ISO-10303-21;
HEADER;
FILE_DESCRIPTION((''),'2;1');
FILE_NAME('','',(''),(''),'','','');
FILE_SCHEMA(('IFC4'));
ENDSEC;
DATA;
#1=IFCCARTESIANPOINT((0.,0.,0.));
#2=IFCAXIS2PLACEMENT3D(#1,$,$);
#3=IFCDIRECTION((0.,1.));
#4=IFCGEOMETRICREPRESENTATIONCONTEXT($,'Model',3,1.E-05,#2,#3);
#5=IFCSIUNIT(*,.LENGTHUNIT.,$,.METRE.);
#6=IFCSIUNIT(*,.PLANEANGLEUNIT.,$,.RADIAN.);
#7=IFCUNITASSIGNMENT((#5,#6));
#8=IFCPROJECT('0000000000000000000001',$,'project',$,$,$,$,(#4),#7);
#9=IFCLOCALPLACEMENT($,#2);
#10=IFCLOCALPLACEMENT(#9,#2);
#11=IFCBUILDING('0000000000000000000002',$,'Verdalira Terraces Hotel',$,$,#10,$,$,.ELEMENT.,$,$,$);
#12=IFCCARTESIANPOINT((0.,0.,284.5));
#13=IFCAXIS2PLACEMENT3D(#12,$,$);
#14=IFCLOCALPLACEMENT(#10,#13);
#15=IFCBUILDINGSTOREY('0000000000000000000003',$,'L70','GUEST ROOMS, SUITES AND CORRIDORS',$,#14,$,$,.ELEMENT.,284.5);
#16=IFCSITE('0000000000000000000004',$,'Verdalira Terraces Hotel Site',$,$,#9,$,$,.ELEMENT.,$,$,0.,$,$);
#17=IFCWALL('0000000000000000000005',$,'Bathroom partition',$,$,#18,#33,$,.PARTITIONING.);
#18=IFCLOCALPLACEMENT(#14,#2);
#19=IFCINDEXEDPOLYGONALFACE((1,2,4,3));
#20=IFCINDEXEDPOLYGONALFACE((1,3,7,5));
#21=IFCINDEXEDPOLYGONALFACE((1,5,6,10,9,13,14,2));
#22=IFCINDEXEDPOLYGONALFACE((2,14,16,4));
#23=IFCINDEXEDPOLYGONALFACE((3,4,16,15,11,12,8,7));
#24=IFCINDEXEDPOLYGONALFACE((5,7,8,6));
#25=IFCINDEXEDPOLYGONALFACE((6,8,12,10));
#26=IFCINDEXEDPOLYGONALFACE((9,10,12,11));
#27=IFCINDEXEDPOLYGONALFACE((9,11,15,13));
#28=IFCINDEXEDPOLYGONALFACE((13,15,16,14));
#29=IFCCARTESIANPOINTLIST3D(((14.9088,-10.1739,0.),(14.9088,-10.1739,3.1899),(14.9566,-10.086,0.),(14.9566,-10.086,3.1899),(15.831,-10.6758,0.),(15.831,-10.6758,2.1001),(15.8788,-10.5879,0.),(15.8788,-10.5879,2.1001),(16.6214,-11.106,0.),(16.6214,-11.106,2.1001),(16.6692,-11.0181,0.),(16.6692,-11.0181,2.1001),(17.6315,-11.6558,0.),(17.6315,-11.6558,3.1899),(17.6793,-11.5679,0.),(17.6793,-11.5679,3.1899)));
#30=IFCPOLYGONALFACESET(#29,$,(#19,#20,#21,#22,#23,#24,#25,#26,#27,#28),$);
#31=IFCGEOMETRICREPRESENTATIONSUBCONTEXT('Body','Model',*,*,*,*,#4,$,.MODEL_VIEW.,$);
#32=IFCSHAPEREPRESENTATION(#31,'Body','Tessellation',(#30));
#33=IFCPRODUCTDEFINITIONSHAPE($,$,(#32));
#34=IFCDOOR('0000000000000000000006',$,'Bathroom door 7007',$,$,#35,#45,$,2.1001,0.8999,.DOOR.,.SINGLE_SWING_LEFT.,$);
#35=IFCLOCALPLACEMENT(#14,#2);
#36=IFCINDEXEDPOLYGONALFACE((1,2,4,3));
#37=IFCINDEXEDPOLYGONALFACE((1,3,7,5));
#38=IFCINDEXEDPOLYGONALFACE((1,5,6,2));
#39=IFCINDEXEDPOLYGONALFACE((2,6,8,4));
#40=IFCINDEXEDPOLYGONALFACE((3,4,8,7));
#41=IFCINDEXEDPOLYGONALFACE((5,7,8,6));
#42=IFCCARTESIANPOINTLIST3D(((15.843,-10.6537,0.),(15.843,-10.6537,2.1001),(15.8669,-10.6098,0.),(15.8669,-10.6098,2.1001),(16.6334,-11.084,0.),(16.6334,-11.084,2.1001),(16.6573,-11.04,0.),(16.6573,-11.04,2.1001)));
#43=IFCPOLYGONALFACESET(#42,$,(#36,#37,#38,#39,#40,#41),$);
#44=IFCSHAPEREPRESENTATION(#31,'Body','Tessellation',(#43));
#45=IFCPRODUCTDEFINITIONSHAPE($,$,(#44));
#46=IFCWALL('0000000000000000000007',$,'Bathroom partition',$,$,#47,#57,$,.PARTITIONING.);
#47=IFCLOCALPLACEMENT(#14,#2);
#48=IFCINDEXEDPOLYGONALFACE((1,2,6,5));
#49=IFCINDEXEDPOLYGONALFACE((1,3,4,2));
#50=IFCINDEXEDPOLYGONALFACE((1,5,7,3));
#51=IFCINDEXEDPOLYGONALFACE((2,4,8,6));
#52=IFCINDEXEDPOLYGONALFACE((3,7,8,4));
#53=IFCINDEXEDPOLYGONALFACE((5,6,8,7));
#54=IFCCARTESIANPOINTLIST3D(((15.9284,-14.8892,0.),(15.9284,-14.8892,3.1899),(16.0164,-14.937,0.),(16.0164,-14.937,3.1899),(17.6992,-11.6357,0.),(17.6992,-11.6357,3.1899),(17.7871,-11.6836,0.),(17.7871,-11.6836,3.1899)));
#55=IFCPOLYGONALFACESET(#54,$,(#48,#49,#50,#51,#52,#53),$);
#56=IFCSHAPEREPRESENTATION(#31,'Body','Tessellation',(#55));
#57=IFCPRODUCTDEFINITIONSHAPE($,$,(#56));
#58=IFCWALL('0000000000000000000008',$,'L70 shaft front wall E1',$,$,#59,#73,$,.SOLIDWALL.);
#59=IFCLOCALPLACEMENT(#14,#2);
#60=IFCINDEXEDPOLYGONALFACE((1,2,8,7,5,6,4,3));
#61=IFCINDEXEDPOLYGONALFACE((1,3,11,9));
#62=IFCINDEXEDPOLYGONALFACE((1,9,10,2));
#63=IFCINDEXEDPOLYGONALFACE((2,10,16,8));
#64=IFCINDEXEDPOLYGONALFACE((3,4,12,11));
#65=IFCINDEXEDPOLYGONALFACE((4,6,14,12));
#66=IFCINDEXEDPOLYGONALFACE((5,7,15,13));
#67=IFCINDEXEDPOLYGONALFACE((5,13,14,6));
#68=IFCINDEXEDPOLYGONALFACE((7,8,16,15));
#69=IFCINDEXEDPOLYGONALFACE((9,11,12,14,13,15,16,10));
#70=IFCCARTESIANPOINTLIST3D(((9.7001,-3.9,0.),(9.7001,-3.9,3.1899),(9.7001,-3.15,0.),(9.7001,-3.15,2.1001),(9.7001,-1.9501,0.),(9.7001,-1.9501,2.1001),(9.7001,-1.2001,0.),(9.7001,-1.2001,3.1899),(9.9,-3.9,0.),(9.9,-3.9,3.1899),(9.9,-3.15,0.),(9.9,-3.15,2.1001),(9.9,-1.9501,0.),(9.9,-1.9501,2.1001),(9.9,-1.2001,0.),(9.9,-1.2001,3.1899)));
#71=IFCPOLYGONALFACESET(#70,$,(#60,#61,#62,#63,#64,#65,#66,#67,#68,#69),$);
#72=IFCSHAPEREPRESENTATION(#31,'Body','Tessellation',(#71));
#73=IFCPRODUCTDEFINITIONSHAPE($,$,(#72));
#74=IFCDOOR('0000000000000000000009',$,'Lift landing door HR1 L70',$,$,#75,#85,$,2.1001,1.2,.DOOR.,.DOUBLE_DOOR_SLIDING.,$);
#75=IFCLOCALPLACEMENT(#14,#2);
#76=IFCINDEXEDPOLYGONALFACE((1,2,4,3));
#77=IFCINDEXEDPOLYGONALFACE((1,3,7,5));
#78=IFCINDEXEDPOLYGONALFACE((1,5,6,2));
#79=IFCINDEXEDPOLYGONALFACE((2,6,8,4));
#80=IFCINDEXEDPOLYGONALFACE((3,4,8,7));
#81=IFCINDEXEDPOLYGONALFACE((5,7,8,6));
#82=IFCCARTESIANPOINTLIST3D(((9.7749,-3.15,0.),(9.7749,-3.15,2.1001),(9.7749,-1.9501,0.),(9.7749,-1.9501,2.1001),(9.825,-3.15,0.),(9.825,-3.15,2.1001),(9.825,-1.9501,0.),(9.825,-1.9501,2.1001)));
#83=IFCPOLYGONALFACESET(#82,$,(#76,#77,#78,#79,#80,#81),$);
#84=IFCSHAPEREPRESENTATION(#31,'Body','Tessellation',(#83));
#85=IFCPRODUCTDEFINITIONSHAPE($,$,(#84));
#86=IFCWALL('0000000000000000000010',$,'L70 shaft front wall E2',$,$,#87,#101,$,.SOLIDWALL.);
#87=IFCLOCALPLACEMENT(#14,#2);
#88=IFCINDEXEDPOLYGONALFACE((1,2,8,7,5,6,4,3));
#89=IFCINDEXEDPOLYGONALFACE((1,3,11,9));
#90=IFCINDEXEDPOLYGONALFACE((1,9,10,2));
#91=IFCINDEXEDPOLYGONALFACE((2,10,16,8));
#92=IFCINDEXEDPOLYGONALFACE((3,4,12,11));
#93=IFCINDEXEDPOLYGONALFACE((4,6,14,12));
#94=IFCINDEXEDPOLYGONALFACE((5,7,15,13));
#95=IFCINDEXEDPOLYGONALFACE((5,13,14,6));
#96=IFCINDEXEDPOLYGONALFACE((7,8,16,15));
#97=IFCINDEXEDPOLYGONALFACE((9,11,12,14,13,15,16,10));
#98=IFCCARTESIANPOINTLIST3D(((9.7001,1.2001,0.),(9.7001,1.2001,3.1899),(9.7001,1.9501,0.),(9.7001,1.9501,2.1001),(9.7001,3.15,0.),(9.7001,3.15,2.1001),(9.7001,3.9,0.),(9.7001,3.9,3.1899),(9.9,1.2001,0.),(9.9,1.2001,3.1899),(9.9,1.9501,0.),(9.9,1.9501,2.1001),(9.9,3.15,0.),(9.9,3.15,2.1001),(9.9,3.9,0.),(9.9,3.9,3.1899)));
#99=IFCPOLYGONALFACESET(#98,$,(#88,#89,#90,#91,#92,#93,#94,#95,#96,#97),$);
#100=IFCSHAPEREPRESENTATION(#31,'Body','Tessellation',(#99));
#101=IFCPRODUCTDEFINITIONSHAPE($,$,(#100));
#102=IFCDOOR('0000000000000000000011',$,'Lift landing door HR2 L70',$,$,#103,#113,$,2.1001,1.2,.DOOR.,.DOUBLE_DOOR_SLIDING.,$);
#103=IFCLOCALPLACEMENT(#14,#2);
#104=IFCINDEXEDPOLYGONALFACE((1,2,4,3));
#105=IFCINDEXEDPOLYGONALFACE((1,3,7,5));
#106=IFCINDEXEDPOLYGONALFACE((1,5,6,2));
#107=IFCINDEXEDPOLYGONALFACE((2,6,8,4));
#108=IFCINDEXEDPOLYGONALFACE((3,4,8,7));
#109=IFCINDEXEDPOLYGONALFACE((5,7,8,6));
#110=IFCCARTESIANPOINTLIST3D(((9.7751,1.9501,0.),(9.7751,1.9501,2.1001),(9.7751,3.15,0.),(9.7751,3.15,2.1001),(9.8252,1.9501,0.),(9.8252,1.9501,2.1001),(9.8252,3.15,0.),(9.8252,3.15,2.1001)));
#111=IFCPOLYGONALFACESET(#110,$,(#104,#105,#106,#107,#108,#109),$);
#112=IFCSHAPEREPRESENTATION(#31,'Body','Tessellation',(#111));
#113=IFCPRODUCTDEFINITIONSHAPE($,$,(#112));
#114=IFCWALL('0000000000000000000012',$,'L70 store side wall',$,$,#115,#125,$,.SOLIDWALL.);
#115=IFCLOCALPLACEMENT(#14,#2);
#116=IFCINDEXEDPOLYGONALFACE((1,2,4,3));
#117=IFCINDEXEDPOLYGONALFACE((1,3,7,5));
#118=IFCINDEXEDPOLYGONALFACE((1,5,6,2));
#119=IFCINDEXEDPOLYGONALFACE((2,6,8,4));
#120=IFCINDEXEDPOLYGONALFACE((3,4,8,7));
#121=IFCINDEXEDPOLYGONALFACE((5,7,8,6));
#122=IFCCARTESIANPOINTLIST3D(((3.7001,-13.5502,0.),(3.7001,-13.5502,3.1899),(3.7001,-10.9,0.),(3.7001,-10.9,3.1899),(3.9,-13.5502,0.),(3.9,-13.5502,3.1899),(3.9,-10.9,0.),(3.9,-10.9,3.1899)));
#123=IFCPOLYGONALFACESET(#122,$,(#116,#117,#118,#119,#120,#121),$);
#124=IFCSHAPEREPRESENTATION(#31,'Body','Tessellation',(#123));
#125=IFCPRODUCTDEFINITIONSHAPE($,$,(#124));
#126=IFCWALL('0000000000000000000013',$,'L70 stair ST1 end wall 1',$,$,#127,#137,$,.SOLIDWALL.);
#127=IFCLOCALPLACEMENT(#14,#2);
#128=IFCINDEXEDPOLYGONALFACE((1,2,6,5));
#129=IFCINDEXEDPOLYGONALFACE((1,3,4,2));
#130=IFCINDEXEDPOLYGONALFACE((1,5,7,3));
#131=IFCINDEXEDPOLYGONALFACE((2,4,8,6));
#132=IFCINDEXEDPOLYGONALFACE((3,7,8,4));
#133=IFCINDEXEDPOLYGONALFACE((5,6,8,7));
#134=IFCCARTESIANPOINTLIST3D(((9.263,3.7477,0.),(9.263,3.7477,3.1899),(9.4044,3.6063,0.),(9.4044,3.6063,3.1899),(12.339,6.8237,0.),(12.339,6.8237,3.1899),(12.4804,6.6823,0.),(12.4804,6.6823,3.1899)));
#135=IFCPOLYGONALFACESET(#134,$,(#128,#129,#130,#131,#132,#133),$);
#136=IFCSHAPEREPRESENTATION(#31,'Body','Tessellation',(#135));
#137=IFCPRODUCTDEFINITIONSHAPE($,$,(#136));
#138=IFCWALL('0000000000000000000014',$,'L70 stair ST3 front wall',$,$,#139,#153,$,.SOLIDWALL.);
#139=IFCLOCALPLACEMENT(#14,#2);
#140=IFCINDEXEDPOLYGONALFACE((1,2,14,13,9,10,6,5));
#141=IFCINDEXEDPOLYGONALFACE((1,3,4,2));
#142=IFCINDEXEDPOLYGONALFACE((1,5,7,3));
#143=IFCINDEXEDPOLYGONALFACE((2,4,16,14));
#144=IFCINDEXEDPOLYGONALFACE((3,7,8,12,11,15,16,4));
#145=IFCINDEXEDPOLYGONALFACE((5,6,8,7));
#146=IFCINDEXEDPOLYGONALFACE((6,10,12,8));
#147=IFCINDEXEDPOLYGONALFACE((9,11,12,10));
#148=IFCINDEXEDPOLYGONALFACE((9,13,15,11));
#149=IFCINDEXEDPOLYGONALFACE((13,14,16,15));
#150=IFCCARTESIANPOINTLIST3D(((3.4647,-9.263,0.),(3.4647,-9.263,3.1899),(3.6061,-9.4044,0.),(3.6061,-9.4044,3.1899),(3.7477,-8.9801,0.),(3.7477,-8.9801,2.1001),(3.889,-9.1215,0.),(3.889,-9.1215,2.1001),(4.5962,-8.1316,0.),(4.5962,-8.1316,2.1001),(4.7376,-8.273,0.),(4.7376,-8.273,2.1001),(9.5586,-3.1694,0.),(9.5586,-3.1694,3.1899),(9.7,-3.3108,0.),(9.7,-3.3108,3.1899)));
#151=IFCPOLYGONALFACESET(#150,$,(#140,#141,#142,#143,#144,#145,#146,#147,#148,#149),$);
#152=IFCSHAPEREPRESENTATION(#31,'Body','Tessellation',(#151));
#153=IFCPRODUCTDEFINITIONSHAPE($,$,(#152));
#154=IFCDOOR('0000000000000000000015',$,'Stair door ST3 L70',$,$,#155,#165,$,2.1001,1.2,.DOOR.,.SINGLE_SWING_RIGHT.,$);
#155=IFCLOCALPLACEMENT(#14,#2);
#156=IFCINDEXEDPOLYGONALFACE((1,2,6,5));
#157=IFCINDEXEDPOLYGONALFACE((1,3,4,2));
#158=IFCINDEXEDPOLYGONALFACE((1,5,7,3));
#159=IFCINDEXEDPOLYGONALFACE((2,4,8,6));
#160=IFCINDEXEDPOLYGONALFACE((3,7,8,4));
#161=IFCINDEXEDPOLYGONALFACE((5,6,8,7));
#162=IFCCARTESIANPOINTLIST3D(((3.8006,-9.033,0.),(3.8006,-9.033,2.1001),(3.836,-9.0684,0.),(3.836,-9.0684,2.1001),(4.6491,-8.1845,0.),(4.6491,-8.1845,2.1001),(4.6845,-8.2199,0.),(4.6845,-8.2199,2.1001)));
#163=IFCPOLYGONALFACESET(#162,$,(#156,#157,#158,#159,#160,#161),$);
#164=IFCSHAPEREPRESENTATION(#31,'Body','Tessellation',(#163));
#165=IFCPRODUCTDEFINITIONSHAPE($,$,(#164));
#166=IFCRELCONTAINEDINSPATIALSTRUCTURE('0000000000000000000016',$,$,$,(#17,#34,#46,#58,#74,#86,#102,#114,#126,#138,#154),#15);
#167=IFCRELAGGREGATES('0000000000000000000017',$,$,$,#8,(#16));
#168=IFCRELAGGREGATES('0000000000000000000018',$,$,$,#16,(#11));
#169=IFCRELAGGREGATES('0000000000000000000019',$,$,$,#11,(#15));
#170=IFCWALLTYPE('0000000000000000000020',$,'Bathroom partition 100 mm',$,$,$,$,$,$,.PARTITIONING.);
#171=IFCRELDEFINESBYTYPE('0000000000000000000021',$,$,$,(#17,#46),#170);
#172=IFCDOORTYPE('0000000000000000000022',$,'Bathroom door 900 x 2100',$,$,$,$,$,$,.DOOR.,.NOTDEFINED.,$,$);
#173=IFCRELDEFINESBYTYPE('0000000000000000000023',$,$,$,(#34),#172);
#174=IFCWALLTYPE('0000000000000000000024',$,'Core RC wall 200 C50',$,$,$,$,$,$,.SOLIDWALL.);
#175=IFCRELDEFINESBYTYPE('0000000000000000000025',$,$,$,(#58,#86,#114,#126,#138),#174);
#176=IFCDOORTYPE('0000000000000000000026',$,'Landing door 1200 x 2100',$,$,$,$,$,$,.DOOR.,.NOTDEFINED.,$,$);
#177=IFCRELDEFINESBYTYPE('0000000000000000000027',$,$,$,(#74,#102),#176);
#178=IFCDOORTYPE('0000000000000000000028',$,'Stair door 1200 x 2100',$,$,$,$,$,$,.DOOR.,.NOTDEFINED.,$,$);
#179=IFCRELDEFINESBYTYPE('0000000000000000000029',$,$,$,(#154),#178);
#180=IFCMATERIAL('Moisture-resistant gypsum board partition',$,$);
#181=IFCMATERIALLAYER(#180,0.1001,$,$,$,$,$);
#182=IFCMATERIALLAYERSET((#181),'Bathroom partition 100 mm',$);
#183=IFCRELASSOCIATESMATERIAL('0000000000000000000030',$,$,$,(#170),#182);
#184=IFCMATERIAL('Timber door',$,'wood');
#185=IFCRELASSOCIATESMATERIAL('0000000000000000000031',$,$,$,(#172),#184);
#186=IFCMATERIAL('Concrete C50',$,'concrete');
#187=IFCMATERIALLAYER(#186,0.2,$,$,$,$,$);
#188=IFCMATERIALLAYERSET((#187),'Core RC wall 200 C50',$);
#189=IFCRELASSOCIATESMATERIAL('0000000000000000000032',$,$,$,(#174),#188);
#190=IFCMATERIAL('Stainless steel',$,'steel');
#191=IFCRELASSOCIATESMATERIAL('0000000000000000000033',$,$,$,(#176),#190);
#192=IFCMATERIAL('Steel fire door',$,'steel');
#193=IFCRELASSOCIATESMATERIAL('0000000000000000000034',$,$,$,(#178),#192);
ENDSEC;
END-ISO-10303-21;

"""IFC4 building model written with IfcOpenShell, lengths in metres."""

from ifc_helpers import new_model, si_unit, direction, frame, frame_2d, origin, place, context, subcontext, project, spatial, rectangle, extrude, material, layer, layer_set, type_object, element, fill, save


model = new_model("IFC4")

# Units and contexts
model_context = context("Model", 3, precision=1e-05, world=origin(), true_north=direction((0.0, 1.0)))
body_context = subcontext(model_context, "Body", "Model", "MODEL_VIEW")
ifc_project = project(units=[si_unit("LENGTHUNIT", "METRE"), si_unit("PLANEANGLEUNIT", "RADIAN")], contexts=[model_context])

# Site, building, storey
site_placement = place(None, origin())
site = spatial("IfcSite", under=ifc_project, at=site_placement, Name="Verdalira Terraces Hotel Site", CompositionType="ELEMENT", RefElevation=0.0)
building_placement = place(site_placement, origin())
building = spatial("IfcBuilding", under=site, at=building_placement, Name="Verdalira Terraces Hotel", CompositionType="ELEMENT")
storey_placement = place(building_placement, frame((0.0, 0.0, 284.5)))
storey = spatial("IfcBuildingStorey", under=building, at=storey_placement, Name="L70", Description="GUEST ROOMS, SUITES AND CORRIDORS", CompositionType="ELEMENT", Elevation=284.5)

# Wall, opening, door
ifc_material_1 = material(Name="Moisture-resistant gypsum board partition")
ifc_layer_1 = layer(ifc_material_1, 0.1001)
ifc_layer_set_1 = layer_set([ifc_layer_1], Name="Bathroom partition 100 mm")
wall_type_1 = type_object("IfcWallType", Name="Bathroom partition 100 mm", PredefinedType="PARTITIONING", material=ifc_layer_set_1)
wall_1_placement = place(storey_placement, frame((17.6553, -11.6118, 0.0), z_axis=(0.0, 0.0, 1.0), x_axis=(-0.878323, 0.478068, 0.0)))
wall_1 = element("IfcWall", 1, at=wall_1_placement, inside=storey, type_object=wall_type_1, Name="Bathroom partition", PredefinedType="PARTITIONING", context=body_context, shape_type="SweptSolid", body=[
    extrude(rectangle(XDim=3.0999, YDim=0.1001, at=frame_2d((1.5498, 0.0))), origin(), (0.0, 0.0, 1.0), 3.1899),
])
opening_1_placement = place(wall_1_placement, frame((1.1499, 0.0, 0.0)))
opening_1 = element("IfcOpeningElement", 2, at=opening_1_placement, cuts=wall_1, PredefinedType="OPENING", context=body_context, shape_type="SweptSolid", body=[
    extrude(rectangle(XDim=0.8999, YDim=2.1001, at=frame_2d((0.45, 1.05))), frame((0.0, 0.0601, 0.0), z_axis=(0.0, -1.0, 0.0), x_axis=(1.0, 0.0, 0.0)), (0.0, 0.0, 1.0), 0.1201),
])
ifc_material_2 = material(Name="Timber door", Category="wood")
door_type_1 = type_object("IfcDoorType", Name="Bathroom door 900 x 2100", OperationType="NOTDEFINED", PredefinedType="DOOR", material=ifc_material_2)
door_1_placement = place(opening_1_placement, origin())
door_1 = element("IfcDoor", 3, at=door_1_placement, inside=storey, type_object=door_type_1, Name="Bathroom door 7007", OperationType="SINGLE_SWING_LEFT", OverallHeight=2.1001, OverallWidth=0.8999, PredefinedType="DOOR", context=body_context, shape_type="SweptSolid", body=[
    extrude(rectangle(XDim=0.8999, YDim=2.1001, at=frame_2d((0.45, 1.05))), frame((0.0, 0.0249, 0.0), z_axis=(0.0, -1.0, 0.0), x_axis=(1.0, 0.0, 0.0)), (0.0, 0.0, 1.0), 0.05),
])
fill(opening_1, door_1)

# Wall
wall_2_placement = place(storey_placement, frame((17.7432, -11.6597, 0.0), z_axis=(0.0, 0.0, 1.0), x_axis=(-0.478053, -0.878331, 0.0)))
element("IfcWall", 4, at=wall_2_placement, inside=storey, type_object=wall_type_1, Name="Bathroom partition", PredefinedType="PARTITIONING", context=body_context, shape_type="SweptSolid", body=[
    extrude(rectangle(XDim=3.7041, YDim=0.1001, at=frame_2d((1.8521, 0.0))), origin(), (0.0, 0.0, 1.0), 3.1899),
])

# Walls, openings, doors
ifc_material_3 = material(Name="Concrete C50", Category="concrete")
ifc_layer_2 = layer(ifc_material_3, 0.2)
ifc_layer_set_2 = layer_set([ifc_layer_2], Name="Core RC wall 200 C50")
wall_type_2 = type_object("IfcWallType", Name="Core RC wall 200 C50", PredefinedType="SOLIDWALL", material=ifc_layer_set_2)
wall_3_placement = place(storey_placement, frame((9.8, -1.2, 0.0), z_axis=(0.0, 0.0, 1.0), x_axis=(0.0, -1.0, 0.0)))
wall_3 = element("IfcWall", 5, at=wall_3_placement, inside=storey, type_object=wall_type_2, Name="L70 shaft front wall E1", PredefinedType="SOLIDWALL", context=body_context, shape_type="SweptSolid", body=[
    extrude(rectangle(XDim=2.7, YDim=0.2, at=frame_2d((1.3501, 0.0))), origin(), (0.0, 0.0, 1.0), 3.1899),
])
opening_2_placement = place(wall_3_placement, frame((0.75, 0.0, 0.0)))
opening_2 = element("IfcOpeningElement", 6, at=opening_2_placement, cuts=wall_3, PredefinedType="OPENING", context=body_context, shape_type="SweptSolid", body=[
    extrude(rectangle(XDim=1.2, YDim=2.1001, at=frame_2d((0.6001, 1.05))), frame((0.0, 0.1099, 0.0), z_axis=(0.0, -1.0, 0.0), x_axis=(1.0, 0.0, 0.0)), (0.0, 0.0, 1.0), 0.22),
])
ifc_material_4 = material(Name="Stainless steel", Category="steel")
door_type_2 = type_object("IfcDoorType", Name="Landing door 1200 x 2100", OperationType="NOTDEFINED", PredefinedType="DOOR", material=ifc_material_4)
door_2_placement = place(opening_2_placement, origin())
door_2 = element("IfcDoor", 7, at=door_2_placement, inside=storey, type_object=door_type_2, Name="Lift landing door HR1 L70", OperationType="DOUBLE_DOOR_SLIDING", OverallHeight=2.1001, OverallWidth=1.2, PredefinedType="DOOR", context=body_context, shape_type="SweptSolid", body=[
    extrude(rectangle(XDim=1.2, YDim=2.1001, at=frame_2d((0.6001, 1.05))), frame((0.0, 0.0249, 0.0), z_axis=(0.0, -1.0, 0.0), x_axis=(1.0, 0.0, 0.0)), (0.0, 0.0, 1.0), 0.05),
])
fill(opening_2, door_2)
wall_4_placement = place(storey_placement, frame((9.8, 1.2, 0.0), z_axis=(0.0, 0.0, 1.0), x_axis=(0.0, 1.0, 0.0)))
wall_4 = element("IfcWall", 8, at=wall_4_placement, inside=storey, type_object=wall_type_2, Name="L70 shaft front wall E2", PredefinedType="SOLIDWALL", context=body_context, shape_type="SweptSolid", body=[
    extrude(rectangle(XDim=2.7, YDim=0.2, at=frame_2d((1.3501, 0.0))), origin(), (0.0, 0.0, 1.0), 3.1899),
])
opening_3_placement = place(wall_4_placement, frame((0.75, 0.0, 0.0)))
opening_3 = element("IfcOpeningElement", 9, at=opening_3_placement, cuts=wall_4, PredefinedType="OPENING", context=body_context, shape_type="SweptSolid", body=[
    extrude(rectangle(XDim=1.2, YDim=2.1001, at=frame_2d((0.6001, 1.05))), frame((0.0, 0.1099, 0.0), z_axis=(0.0, -1.0, 0.0), x_axis=(1.0, 0.0, 0.0)), (0.0, 0.0, 1.0), 0.22),
])
door_3_placement = place(opening_3_placement, origin())
door_3 = element("IfcDoor", 10, at=door_3_placement, inside=storey, type_object=door_type_2, Name="Lift landing door HR2 L70", OperationType="DOUBLE_DOOR_SLIDING", OverallHeight=2.1001, OverallWidth=1.2, PredefinedType="DOOR", context=body_context, shape_type="SweptSolid", body=[
    extrude(rectangle(XDim=1.2, YDim=2.1001, at=frame_2d((0.6001, 1.05))), frame((0.0, 0.0249, 0.0), z_axis=(0.0, -1.0, 0.0), x_axis=(1.0, 0.0, 0.0)), (0.0, 0.0, 1.0), 0.05),
])
fill(opening_3, door_3)

# Walls
wall_5_placement = place(storey_placement, frame((3.8, -10.8999, 0.0), z_axis=(0.0, 0.0, 1.0), x_axis=(0.0, -1.0, 0.0)))
element("IfcWall", 11, at=wall_5_placement, inside=storey, type_object=wall_type_2, Name="L70 store side wall", PredefinedType="SOLIDWALL", context=body_context, shape_type="SweptSolid", body=[
    extrude(rectangle(XDim=2.6501, YDim=0.2, at=frame_2d((1.3252, 0.0))), origin(), (0.0, 0.0, 1.0), 3.1899),
])
wall_6_placement = place(storey_placement, frame((9.3337, 3.677, 0.0), z_axis=(0.0, 0.0, 1.0), x_axis=(0.707107, 0.707107, 0.0)))
element("IfcWall", 12, at=wall_6_placement, inside=storey, type_object=wall_type_2, Name="L70 stair ST1 end wall 1", PredefinedType="SOLIDWALL", context=body_context, shape_type="SweptSolid", body=[
    extrude(rectangle(XDim=4.3501, YDim=0.2, at=frame_2d((2.175, 0.0))), origin(), (0.0, 0.0, 1.0), 3.1899),
])

# Wall, opening, door
wall_7_placement = place(storey_placement, frame((9.6294, -3.24, 0.0), z_axis=(0.0, 0.0, 1.0), x_axis=(-0.707121, -0.707093, 0.0)))
wall_7 = element("IfcWall", 13, at=wall_7_placement, inside=storey, type_object=wall_type_2, Name="L70 stair ST3 front wall", PredefinedType="SOLIDWALL", context=body_context, shape_type="SweptSolid", body=[
    extrude(rectangle(XDim=8.6179, YDim=0.2, at=frame_2d((4.3091, 0.0))), origin(), (0.0, 0.0, 1.0), 3.1899),
])
opening_4_placement = place(wall_7_placement, frame((7.0178, 0.0, 0.0)))
opening_4 = element("IfcOpeningElement", 14, at=opening_4_placement, cuts=wall_7, PredefinedType="OPENING", context=body_context, shape_type="SweptSolid", body=[
    extrude(rectangle(XDim=1.2, YDim=2.1001, at=frame_2d((0.6001, 1.05))), frame((0.0, 0.1099, 0.0), z_axis=(0.0, -1.0, 0.0), x_axis=(1.0, 0.0, 0.0)), (0.0, 0.0, 1.0), 0.22),
])
ifc_material_5 = material(Name="Steel fire door", Category="steel")
door_type_3 = type_object("IfcDoorType", Name="Stair door 1200 x 2100", OperationType="NOTDEFINED", PredefinedType="DOOR", material=ifc_material_5)
door_4_placement = place(opening_4_placement, origin())
door_4 = element("IfcDoor", 15, at=door_4_placement, inside=storey, type_object=door_type_3, Name="Stair door ST3 L70", OperationType="SINGLE_SWING_RIGHT", OverallHeight=2.1001, OverallWidth=1.2, PredefinedType="DOOR", context=body_context, shape_type="SweptSolid", body=[
    extrude(rectangle(XDim=1.2, YDim=2.1001, at=frame_2d((0.6001, 1.05))), frame((0.0, 0.0249, 0.0), z_axis=(0.0, -1.0, 0.0), x_axis=(1.0, 0.0, 0.0)), (0.0, 0.0, 1.0), 0.05),
])
fill(opening_4, door_4)

save(model, "model.ifc")
